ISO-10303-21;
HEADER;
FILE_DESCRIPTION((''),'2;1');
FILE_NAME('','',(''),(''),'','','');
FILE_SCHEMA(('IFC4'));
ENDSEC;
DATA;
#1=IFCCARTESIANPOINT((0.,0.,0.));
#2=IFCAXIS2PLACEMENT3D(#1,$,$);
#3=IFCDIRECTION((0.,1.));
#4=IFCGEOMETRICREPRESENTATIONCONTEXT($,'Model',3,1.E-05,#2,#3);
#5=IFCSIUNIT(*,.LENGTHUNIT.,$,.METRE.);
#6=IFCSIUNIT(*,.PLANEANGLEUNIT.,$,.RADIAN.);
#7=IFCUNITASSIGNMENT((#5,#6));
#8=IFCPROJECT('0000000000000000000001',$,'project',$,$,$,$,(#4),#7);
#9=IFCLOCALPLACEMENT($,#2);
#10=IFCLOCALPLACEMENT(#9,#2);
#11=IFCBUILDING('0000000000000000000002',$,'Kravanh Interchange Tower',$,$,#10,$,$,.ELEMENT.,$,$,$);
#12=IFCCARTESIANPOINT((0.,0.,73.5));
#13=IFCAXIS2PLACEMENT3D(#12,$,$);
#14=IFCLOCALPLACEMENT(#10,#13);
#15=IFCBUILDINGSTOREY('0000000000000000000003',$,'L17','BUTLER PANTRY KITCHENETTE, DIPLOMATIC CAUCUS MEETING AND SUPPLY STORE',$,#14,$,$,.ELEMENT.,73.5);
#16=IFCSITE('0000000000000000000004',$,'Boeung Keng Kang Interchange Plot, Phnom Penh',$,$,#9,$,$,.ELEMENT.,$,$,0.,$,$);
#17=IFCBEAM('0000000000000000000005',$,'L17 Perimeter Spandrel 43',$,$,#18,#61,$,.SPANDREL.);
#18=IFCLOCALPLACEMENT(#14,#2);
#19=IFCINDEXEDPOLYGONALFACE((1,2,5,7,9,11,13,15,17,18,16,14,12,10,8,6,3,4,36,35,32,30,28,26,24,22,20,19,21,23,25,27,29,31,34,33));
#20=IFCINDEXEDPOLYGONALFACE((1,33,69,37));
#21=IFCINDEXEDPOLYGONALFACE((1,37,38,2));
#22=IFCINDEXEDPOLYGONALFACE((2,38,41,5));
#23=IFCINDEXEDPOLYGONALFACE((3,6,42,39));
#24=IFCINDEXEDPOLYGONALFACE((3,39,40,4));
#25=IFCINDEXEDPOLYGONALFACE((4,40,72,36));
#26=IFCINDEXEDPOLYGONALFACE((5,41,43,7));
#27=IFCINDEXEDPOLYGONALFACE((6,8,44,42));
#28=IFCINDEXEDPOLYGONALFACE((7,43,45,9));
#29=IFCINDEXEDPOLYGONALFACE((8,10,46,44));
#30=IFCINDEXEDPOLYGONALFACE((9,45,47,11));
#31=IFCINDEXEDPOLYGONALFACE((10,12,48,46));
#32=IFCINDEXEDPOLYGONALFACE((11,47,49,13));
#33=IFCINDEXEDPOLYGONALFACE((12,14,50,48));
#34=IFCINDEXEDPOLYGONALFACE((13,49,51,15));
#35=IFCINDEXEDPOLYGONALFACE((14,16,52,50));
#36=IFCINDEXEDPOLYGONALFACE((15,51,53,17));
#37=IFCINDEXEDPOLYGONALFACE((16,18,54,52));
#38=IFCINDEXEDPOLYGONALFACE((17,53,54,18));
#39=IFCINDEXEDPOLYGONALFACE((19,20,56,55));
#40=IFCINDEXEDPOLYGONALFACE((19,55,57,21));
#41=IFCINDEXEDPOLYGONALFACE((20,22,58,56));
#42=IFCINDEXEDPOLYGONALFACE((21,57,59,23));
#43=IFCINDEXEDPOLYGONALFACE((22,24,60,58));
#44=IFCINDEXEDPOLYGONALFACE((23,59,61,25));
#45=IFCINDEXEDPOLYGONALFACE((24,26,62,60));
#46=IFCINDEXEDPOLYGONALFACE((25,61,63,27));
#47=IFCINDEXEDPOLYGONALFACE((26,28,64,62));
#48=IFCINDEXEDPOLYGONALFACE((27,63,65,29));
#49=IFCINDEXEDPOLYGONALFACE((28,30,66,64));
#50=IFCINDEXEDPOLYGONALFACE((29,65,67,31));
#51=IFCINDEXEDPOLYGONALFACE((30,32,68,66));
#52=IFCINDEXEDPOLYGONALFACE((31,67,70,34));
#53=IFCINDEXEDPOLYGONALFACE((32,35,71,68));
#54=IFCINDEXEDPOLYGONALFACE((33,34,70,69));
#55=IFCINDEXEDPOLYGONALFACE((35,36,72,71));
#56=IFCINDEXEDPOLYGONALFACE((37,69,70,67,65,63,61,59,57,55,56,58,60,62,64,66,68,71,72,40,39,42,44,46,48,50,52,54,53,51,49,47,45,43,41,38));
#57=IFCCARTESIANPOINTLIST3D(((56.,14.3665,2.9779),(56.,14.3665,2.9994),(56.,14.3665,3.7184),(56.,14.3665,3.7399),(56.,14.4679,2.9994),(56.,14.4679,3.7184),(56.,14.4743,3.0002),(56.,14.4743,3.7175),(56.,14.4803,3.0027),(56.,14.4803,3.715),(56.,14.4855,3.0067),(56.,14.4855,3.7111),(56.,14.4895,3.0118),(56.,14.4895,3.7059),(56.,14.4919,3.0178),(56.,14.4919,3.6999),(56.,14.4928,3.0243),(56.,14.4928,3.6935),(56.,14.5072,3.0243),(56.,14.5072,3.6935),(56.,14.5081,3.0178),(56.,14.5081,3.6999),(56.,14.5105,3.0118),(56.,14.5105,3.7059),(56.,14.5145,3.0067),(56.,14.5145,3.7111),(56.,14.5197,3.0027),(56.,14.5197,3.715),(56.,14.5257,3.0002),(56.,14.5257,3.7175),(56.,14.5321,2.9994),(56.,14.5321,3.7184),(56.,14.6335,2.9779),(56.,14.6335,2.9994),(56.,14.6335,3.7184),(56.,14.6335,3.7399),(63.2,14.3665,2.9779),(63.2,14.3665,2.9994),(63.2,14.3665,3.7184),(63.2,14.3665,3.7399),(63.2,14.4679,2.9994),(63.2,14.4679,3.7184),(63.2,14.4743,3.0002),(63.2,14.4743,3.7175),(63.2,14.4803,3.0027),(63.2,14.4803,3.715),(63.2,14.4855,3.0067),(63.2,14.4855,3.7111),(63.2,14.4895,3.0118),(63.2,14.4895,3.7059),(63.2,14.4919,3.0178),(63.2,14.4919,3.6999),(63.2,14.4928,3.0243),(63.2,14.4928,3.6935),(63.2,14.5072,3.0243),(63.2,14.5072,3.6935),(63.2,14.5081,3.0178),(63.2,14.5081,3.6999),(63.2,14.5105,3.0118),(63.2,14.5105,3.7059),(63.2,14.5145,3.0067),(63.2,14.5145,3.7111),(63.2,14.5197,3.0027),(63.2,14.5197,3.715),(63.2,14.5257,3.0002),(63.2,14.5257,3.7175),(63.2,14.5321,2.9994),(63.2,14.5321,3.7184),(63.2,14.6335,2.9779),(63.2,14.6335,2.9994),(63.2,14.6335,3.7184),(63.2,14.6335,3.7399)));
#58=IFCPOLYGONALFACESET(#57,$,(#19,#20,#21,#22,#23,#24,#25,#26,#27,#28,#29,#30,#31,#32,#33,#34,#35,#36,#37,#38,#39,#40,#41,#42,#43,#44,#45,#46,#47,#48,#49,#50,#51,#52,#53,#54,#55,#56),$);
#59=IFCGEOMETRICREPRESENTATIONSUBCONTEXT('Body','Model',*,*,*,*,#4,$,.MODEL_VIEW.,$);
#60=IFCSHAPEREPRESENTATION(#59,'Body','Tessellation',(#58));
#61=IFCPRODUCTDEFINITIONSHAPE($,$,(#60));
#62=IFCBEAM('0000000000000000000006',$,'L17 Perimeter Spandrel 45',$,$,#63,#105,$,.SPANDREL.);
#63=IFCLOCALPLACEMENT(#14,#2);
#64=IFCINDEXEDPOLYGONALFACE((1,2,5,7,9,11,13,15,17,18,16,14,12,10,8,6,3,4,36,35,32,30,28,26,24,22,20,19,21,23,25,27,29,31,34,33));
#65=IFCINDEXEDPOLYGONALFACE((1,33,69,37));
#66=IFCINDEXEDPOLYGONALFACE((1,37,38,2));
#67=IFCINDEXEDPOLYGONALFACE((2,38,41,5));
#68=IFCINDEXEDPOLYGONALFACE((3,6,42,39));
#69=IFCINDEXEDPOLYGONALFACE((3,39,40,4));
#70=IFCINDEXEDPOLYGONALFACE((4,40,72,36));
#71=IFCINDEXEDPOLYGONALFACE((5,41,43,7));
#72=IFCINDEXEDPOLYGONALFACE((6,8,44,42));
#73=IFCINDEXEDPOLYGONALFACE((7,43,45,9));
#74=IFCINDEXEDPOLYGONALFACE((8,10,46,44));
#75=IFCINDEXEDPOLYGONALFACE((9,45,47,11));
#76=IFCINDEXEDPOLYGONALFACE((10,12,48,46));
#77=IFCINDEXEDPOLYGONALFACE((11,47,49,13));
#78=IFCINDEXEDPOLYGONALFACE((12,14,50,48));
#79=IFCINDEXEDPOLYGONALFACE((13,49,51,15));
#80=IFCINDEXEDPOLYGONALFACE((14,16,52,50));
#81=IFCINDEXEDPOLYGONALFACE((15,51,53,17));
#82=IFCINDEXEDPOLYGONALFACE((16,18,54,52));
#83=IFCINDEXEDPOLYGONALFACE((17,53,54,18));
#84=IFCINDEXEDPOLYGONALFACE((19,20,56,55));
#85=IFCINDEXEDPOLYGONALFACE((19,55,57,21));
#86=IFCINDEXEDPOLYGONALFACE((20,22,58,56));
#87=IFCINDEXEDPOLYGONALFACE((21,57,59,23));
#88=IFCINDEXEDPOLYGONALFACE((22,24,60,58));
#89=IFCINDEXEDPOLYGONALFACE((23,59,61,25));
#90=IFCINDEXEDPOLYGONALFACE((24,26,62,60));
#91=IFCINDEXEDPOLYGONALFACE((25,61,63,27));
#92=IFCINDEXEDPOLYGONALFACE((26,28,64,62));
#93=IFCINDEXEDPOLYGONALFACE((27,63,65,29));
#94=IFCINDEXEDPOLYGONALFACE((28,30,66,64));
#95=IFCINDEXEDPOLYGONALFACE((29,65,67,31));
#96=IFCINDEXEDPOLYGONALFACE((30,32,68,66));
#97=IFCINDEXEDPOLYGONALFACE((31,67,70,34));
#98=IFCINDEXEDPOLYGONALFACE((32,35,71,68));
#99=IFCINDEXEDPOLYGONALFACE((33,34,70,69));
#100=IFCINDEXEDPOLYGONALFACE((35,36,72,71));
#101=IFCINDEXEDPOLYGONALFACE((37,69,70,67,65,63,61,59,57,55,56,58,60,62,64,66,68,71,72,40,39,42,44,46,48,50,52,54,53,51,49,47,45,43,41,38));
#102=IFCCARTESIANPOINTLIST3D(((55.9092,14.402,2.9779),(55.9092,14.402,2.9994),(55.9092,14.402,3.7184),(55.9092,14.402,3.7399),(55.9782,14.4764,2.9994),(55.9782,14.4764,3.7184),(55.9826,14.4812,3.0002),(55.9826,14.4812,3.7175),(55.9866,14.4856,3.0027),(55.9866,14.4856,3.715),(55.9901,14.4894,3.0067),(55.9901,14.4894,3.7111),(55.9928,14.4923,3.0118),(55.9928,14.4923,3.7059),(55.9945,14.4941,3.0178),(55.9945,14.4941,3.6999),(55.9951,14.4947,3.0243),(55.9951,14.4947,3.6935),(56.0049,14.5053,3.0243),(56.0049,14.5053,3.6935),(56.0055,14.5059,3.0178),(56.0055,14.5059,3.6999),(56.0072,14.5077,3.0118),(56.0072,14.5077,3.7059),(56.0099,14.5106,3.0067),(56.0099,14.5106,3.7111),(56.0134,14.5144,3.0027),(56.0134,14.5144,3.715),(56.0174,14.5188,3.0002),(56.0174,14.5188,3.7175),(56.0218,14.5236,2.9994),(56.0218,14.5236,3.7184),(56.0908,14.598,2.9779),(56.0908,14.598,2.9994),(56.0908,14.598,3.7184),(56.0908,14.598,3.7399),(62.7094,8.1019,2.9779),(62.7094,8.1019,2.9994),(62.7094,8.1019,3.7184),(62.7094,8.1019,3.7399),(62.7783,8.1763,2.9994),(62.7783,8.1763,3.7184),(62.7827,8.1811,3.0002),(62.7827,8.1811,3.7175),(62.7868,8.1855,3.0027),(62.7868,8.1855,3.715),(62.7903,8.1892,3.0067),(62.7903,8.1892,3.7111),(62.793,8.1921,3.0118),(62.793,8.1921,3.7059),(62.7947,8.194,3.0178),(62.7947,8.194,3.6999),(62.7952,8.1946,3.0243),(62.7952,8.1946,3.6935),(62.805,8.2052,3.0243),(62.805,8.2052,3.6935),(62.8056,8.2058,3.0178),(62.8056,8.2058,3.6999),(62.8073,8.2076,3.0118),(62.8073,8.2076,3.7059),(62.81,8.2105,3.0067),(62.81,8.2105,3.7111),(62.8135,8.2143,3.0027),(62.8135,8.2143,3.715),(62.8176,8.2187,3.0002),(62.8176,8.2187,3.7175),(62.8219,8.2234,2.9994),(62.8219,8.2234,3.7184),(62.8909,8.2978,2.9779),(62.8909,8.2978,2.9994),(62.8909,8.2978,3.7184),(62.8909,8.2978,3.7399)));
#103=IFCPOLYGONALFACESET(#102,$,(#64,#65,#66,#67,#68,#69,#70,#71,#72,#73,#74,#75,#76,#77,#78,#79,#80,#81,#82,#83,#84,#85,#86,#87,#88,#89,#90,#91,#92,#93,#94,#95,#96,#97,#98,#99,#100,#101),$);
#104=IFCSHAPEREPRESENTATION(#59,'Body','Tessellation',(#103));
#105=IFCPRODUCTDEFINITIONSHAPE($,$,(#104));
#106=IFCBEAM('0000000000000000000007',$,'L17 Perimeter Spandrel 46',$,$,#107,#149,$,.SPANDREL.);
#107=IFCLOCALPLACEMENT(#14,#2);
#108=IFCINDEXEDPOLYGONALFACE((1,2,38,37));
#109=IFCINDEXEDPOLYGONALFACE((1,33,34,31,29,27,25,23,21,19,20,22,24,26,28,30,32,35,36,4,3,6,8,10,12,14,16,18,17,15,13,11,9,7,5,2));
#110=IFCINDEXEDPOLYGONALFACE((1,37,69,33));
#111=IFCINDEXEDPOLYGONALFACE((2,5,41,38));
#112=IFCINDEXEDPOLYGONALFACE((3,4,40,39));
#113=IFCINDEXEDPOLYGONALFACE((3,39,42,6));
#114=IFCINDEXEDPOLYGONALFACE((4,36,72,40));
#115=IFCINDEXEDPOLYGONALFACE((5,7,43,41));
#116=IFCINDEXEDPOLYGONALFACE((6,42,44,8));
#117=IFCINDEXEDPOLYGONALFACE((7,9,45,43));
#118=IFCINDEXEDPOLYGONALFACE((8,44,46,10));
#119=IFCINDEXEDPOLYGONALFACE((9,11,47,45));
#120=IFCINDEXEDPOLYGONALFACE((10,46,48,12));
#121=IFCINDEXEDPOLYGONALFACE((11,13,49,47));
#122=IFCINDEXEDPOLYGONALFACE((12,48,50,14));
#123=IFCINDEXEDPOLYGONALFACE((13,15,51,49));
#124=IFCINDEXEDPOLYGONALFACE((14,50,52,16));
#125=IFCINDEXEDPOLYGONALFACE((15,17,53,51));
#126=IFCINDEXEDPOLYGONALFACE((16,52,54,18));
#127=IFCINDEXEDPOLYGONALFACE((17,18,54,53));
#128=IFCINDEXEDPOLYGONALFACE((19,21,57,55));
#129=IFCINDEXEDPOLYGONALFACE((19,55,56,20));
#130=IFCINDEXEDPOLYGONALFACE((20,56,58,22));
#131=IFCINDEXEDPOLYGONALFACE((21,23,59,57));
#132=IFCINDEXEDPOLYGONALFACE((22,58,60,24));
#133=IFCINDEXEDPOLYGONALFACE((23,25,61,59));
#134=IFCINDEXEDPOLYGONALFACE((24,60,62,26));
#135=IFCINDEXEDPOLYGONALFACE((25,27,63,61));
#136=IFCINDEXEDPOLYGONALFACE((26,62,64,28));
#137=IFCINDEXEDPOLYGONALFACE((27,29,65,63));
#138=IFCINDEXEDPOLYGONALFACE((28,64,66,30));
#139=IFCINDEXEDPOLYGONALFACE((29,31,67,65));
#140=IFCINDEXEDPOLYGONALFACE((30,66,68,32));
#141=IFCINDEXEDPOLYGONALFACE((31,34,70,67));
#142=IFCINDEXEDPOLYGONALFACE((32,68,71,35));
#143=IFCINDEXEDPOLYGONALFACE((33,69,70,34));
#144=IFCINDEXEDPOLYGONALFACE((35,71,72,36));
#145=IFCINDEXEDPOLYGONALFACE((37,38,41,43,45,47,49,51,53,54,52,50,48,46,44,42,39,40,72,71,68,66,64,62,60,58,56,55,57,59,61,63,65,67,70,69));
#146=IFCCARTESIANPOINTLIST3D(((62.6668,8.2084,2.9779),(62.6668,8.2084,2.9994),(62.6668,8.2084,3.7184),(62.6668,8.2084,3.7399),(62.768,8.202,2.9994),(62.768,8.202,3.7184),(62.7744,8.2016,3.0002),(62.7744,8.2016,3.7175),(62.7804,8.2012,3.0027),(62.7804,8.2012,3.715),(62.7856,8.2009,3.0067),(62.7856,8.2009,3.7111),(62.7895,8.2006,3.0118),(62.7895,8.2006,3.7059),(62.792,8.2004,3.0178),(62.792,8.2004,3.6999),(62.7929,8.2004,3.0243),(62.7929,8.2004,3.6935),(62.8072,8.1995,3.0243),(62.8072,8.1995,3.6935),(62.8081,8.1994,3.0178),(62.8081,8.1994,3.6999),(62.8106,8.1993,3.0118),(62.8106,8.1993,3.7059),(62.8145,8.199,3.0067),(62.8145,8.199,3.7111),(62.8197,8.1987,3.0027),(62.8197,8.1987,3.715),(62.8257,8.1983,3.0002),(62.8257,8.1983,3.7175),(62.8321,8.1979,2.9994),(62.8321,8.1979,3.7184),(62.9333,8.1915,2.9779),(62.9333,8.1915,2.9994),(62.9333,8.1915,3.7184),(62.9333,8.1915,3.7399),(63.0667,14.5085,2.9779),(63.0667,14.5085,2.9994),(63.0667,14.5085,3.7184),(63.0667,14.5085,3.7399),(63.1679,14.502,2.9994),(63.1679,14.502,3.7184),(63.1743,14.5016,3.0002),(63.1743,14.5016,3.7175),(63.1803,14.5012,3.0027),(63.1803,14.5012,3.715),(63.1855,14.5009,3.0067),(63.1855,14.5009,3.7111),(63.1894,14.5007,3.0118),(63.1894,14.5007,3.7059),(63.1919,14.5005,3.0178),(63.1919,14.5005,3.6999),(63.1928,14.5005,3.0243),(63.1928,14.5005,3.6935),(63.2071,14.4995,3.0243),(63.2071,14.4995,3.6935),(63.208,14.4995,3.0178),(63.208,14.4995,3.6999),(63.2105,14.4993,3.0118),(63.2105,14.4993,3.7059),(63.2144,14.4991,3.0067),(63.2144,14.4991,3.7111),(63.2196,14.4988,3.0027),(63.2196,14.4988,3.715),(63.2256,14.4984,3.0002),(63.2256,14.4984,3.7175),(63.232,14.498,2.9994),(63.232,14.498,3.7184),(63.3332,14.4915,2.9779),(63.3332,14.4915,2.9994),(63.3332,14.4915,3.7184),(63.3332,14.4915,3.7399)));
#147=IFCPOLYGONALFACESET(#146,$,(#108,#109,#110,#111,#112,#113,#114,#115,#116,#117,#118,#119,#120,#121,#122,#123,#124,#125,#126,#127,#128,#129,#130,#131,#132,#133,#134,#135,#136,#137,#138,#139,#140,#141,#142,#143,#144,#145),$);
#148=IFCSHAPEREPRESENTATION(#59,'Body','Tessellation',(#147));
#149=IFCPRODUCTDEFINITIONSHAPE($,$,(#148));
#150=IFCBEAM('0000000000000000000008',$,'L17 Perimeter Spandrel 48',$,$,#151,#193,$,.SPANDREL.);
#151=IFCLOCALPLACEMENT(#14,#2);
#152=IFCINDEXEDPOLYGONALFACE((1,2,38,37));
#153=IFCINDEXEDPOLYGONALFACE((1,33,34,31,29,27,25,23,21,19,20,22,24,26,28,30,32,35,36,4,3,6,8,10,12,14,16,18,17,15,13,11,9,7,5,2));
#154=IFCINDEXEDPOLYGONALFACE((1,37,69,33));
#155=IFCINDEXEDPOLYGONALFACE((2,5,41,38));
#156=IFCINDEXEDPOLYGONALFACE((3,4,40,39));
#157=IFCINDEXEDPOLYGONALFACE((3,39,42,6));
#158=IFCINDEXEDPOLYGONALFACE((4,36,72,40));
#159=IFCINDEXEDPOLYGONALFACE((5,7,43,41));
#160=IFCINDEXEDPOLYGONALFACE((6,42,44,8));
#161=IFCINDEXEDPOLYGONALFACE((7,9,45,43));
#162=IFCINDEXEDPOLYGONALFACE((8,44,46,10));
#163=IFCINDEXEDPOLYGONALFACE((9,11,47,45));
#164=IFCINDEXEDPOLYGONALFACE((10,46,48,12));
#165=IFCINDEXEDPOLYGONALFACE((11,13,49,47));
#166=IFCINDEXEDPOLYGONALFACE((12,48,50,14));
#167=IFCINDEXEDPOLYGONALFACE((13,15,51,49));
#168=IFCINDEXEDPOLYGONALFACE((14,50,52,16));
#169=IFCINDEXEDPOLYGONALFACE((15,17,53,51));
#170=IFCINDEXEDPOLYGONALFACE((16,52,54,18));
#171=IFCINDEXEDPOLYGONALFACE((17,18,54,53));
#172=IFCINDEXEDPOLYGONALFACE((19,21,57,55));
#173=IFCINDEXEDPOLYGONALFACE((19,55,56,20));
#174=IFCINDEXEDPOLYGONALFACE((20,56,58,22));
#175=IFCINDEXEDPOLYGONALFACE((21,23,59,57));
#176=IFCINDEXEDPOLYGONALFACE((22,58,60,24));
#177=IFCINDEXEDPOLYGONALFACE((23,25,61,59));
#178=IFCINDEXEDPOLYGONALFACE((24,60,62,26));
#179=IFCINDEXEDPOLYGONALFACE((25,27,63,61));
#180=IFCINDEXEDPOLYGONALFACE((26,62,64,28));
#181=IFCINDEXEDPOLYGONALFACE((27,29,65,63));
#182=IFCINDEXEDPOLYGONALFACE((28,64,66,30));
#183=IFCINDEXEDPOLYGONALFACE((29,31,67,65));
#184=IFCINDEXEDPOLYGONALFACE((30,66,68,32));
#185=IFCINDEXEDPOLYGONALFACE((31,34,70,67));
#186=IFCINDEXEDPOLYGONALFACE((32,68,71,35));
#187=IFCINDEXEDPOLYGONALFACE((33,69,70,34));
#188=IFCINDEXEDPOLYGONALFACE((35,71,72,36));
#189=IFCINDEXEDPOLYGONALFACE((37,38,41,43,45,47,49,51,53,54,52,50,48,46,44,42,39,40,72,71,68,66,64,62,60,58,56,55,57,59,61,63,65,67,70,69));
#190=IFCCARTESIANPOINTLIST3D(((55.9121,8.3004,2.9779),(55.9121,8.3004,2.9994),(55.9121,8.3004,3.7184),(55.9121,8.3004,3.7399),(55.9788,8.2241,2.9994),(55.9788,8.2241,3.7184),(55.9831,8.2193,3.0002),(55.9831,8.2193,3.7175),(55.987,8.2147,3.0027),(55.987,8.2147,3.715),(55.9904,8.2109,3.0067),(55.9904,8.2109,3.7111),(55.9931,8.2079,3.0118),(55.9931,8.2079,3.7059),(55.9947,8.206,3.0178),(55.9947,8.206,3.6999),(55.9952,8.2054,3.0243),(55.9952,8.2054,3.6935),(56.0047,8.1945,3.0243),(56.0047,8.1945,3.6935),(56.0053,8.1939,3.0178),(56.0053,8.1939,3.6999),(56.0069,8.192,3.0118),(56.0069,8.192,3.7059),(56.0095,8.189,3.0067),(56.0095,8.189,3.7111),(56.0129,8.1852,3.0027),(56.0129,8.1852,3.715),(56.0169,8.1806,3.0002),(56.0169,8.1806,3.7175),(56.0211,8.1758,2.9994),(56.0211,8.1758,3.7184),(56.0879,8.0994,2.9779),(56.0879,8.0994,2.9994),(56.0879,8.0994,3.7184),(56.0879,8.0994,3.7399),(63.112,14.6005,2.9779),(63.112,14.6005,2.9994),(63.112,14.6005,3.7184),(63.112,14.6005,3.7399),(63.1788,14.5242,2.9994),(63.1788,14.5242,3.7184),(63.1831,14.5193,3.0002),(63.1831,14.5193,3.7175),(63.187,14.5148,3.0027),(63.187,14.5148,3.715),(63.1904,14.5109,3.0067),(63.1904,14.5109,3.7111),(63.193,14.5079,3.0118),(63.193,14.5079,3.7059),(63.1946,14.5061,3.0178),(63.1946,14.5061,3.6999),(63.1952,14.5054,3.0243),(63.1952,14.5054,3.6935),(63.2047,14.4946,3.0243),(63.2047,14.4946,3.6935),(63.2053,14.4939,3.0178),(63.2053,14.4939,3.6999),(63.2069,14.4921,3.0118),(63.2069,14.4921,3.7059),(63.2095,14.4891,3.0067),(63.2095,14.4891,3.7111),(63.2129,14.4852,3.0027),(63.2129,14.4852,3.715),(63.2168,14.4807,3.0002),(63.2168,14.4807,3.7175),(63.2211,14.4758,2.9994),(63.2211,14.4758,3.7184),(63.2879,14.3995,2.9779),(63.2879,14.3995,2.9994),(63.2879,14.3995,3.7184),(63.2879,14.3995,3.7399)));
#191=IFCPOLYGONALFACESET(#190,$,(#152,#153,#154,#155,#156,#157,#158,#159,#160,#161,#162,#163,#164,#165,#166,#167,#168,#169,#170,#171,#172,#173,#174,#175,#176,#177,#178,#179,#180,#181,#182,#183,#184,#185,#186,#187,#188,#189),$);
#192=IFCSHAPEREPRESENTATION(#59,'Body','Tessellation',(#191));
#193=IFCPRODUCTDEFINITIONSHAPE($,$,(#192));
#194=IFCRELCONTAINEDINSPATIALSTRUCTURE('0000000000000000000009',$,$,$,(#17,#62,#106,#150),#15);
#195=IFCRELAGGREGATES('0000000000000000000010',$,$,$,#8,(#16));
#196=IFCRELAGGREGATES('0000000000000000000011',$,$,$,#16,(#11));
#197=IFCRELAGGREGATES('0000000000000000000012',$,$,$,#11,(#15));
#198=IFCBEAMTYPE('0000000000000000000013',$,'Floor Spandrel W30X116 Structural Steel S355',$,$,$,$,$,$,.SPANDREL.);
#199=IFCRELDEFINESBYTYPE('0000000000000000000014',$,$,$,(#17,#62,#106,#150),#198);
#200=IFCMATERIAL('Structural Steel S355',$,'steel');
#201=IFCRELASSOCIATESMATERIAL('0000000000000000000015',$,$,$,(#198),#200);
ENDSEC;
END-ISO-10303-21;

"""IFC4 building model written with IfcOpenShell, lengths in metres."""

from ifc_helpers import new_model, si_unit, direction, frame, origin, origin_2d, place, context, subcontext, project, spatial, i_section, extrude, material, material_profile, profile_set, type_object, element, save


model = new_model("IFC4")

# Units and contexts
model_context = context("Model", 3, precision=1e-05, world=origin(), true_north=direction((0.0, 1.0)))
body_context = subcontext(model_context, "Body", "Model", "MODEL_VIEW")
ifc_project = project(units=[si_unit("LENGTHUNIT", "METRE"), si_unit("PLANEANGLEUNIT", "RADIAN")], contexts=[model_context])

# Site, building, storey
site_placement = place(None, origin())
site = spatial("IfcSite", under=ifc_project, at=site_placement, Name="Boeung Keng Kang Interchange Plot, Phnom Penh", CompositionType="ELEMENT", RefElevation=0.0)
building_placement = place(site_placement, origin())
building = spatial("IfcBuilding", under=site, at=building_placement, Name="Kravanh Interchange Tower", CompositionType="ELEMENT")
storey_placement = place(building_placement, frame((0.0, 0.0, 73.5)))
storey = spatial("IfcBuildingStorey", under=building, at=storey_placement, Name="L17", Description="BUTLER PANTRY KITCHENETTE, DIPLOMATIC CAUCUS MEETING AND SUPPLY STORE", CompositionType="ELEMENT", Elevation=73.5)

# Beams
ifc_material_1 = material(Name="Structural Steel S355", Category="steel")
ifc_material_profile_1 = material_profile(ifc_material_1, i_section(OverallWidth=0.2671, OverallDepth=0.762, WebThickness=0.0144, FlangeThickness=0.0215, FilletRadius=0.0249, at=origin_2d()), Name="W30X116")
ifc_profile_set_1 = profile_set([ifc_material_profile_1], Name="Structural Steel S355")
beam_type_1 = type_object("IfcBeamType", Name="Floor Spandrel W30X116 Structural Steel S355", PredefinedType="SPANDREL", material=ifc_profile_set_1)
beam_1_placement = place(storey_placement, frame((56.0, 14.5, 3.3589), z_axis=(1.0, 0.0, 0.0), x_axis=(0.0, 1.0, 0.0)))
element("IfcBeam", 1, at=beam_1_placement, inside=storey, type_object=beam_type_1, Name="L17 Perimeter Spandrel 43", PredefinedType="SPANDREL", context=body_context, shape_type="SweptSolid", body=[
    extrude(i_section(OverallWidth=0.2671, OverallDepth=0.762, WebThickness=0.0144, FlangeThickness=0.0215, FilletRadius=0.0249, at=origin_2d()), origin(), (0.0, 0.0, 1.0), 7.2),
])
beam_2_placement = place(storey_placement, frame((56.0, 14.5, 3.3589), z_axis=(0.733561, -0.679623, 0.0), x_axis=(0.679623, 0.733561, 0.0)))
element("IfcBeam", 2, at=beam_2_placement, inside=storey, type_object=beam_type_1, Name="L17 Perimeter Spandrel 45", PredefinedType="SPANDREL", context=body_context, shape_type="SweptSolid", body=[
    extrude(i_section(OverallWidth=0.2671, OverallDepth=0.762, WebThickness=0.0144, FlangeThickness=0.0215, FilletRadius=0.0249, at=origin_2d()), origin(), (0.0, 0.0, 1.0), 9.27),
])
beam_3_placement = place(storey_placement, frame((63.2, 14.5, 3.3589), z_axis=(-0.063349, -0.997991, 0.0), x_axis=(0.997991, -0.063349, 0.0)))
element("IfcBeam", 3, at=beam_3_placement, inside=storey, type_object=beam_type_1, Name="L17 Perimeter Spandrel 46", PredefinedType="SPANDREL", context=body_context, shape_type="SweptSolid", body=[
    extrude(i_section(OverallWidth=0.2671, OverallDepth=0.762, WebThickness=0.0144, FlangeThickness=0.0215, FilletRadius=0.0249, at=origin_2d()), origin(), (0.0, 0.0, 1.0), 6.3127),
])
beam_4_placement = place(storey_placement, frame((63.2, 14.5, 3.3589), z_axis=(-0.752572, -0.65851, 0.0), x_axis=(0.65851, -0.752572, 0.0)))
element("IfcBeam", 4, at=beam_4_placement, inside=storey, type_object=beam_type_1, Name="L17 Perimeter Spandrel 48", PredefinedType="SPANDREL", context=body_context, shape_type="SweptSolid", body=[
    extrude(i_section(OverallWidth=0.2671, OverallDepth=0.762, WebThickness=0.0144, FlangeThickness=0.0215, FilletRadius=0.0249, at=origin_2d()), origin(), (0.0, 0.0, 1.0), 9.5671),
])

save(model, "model.ifc")
